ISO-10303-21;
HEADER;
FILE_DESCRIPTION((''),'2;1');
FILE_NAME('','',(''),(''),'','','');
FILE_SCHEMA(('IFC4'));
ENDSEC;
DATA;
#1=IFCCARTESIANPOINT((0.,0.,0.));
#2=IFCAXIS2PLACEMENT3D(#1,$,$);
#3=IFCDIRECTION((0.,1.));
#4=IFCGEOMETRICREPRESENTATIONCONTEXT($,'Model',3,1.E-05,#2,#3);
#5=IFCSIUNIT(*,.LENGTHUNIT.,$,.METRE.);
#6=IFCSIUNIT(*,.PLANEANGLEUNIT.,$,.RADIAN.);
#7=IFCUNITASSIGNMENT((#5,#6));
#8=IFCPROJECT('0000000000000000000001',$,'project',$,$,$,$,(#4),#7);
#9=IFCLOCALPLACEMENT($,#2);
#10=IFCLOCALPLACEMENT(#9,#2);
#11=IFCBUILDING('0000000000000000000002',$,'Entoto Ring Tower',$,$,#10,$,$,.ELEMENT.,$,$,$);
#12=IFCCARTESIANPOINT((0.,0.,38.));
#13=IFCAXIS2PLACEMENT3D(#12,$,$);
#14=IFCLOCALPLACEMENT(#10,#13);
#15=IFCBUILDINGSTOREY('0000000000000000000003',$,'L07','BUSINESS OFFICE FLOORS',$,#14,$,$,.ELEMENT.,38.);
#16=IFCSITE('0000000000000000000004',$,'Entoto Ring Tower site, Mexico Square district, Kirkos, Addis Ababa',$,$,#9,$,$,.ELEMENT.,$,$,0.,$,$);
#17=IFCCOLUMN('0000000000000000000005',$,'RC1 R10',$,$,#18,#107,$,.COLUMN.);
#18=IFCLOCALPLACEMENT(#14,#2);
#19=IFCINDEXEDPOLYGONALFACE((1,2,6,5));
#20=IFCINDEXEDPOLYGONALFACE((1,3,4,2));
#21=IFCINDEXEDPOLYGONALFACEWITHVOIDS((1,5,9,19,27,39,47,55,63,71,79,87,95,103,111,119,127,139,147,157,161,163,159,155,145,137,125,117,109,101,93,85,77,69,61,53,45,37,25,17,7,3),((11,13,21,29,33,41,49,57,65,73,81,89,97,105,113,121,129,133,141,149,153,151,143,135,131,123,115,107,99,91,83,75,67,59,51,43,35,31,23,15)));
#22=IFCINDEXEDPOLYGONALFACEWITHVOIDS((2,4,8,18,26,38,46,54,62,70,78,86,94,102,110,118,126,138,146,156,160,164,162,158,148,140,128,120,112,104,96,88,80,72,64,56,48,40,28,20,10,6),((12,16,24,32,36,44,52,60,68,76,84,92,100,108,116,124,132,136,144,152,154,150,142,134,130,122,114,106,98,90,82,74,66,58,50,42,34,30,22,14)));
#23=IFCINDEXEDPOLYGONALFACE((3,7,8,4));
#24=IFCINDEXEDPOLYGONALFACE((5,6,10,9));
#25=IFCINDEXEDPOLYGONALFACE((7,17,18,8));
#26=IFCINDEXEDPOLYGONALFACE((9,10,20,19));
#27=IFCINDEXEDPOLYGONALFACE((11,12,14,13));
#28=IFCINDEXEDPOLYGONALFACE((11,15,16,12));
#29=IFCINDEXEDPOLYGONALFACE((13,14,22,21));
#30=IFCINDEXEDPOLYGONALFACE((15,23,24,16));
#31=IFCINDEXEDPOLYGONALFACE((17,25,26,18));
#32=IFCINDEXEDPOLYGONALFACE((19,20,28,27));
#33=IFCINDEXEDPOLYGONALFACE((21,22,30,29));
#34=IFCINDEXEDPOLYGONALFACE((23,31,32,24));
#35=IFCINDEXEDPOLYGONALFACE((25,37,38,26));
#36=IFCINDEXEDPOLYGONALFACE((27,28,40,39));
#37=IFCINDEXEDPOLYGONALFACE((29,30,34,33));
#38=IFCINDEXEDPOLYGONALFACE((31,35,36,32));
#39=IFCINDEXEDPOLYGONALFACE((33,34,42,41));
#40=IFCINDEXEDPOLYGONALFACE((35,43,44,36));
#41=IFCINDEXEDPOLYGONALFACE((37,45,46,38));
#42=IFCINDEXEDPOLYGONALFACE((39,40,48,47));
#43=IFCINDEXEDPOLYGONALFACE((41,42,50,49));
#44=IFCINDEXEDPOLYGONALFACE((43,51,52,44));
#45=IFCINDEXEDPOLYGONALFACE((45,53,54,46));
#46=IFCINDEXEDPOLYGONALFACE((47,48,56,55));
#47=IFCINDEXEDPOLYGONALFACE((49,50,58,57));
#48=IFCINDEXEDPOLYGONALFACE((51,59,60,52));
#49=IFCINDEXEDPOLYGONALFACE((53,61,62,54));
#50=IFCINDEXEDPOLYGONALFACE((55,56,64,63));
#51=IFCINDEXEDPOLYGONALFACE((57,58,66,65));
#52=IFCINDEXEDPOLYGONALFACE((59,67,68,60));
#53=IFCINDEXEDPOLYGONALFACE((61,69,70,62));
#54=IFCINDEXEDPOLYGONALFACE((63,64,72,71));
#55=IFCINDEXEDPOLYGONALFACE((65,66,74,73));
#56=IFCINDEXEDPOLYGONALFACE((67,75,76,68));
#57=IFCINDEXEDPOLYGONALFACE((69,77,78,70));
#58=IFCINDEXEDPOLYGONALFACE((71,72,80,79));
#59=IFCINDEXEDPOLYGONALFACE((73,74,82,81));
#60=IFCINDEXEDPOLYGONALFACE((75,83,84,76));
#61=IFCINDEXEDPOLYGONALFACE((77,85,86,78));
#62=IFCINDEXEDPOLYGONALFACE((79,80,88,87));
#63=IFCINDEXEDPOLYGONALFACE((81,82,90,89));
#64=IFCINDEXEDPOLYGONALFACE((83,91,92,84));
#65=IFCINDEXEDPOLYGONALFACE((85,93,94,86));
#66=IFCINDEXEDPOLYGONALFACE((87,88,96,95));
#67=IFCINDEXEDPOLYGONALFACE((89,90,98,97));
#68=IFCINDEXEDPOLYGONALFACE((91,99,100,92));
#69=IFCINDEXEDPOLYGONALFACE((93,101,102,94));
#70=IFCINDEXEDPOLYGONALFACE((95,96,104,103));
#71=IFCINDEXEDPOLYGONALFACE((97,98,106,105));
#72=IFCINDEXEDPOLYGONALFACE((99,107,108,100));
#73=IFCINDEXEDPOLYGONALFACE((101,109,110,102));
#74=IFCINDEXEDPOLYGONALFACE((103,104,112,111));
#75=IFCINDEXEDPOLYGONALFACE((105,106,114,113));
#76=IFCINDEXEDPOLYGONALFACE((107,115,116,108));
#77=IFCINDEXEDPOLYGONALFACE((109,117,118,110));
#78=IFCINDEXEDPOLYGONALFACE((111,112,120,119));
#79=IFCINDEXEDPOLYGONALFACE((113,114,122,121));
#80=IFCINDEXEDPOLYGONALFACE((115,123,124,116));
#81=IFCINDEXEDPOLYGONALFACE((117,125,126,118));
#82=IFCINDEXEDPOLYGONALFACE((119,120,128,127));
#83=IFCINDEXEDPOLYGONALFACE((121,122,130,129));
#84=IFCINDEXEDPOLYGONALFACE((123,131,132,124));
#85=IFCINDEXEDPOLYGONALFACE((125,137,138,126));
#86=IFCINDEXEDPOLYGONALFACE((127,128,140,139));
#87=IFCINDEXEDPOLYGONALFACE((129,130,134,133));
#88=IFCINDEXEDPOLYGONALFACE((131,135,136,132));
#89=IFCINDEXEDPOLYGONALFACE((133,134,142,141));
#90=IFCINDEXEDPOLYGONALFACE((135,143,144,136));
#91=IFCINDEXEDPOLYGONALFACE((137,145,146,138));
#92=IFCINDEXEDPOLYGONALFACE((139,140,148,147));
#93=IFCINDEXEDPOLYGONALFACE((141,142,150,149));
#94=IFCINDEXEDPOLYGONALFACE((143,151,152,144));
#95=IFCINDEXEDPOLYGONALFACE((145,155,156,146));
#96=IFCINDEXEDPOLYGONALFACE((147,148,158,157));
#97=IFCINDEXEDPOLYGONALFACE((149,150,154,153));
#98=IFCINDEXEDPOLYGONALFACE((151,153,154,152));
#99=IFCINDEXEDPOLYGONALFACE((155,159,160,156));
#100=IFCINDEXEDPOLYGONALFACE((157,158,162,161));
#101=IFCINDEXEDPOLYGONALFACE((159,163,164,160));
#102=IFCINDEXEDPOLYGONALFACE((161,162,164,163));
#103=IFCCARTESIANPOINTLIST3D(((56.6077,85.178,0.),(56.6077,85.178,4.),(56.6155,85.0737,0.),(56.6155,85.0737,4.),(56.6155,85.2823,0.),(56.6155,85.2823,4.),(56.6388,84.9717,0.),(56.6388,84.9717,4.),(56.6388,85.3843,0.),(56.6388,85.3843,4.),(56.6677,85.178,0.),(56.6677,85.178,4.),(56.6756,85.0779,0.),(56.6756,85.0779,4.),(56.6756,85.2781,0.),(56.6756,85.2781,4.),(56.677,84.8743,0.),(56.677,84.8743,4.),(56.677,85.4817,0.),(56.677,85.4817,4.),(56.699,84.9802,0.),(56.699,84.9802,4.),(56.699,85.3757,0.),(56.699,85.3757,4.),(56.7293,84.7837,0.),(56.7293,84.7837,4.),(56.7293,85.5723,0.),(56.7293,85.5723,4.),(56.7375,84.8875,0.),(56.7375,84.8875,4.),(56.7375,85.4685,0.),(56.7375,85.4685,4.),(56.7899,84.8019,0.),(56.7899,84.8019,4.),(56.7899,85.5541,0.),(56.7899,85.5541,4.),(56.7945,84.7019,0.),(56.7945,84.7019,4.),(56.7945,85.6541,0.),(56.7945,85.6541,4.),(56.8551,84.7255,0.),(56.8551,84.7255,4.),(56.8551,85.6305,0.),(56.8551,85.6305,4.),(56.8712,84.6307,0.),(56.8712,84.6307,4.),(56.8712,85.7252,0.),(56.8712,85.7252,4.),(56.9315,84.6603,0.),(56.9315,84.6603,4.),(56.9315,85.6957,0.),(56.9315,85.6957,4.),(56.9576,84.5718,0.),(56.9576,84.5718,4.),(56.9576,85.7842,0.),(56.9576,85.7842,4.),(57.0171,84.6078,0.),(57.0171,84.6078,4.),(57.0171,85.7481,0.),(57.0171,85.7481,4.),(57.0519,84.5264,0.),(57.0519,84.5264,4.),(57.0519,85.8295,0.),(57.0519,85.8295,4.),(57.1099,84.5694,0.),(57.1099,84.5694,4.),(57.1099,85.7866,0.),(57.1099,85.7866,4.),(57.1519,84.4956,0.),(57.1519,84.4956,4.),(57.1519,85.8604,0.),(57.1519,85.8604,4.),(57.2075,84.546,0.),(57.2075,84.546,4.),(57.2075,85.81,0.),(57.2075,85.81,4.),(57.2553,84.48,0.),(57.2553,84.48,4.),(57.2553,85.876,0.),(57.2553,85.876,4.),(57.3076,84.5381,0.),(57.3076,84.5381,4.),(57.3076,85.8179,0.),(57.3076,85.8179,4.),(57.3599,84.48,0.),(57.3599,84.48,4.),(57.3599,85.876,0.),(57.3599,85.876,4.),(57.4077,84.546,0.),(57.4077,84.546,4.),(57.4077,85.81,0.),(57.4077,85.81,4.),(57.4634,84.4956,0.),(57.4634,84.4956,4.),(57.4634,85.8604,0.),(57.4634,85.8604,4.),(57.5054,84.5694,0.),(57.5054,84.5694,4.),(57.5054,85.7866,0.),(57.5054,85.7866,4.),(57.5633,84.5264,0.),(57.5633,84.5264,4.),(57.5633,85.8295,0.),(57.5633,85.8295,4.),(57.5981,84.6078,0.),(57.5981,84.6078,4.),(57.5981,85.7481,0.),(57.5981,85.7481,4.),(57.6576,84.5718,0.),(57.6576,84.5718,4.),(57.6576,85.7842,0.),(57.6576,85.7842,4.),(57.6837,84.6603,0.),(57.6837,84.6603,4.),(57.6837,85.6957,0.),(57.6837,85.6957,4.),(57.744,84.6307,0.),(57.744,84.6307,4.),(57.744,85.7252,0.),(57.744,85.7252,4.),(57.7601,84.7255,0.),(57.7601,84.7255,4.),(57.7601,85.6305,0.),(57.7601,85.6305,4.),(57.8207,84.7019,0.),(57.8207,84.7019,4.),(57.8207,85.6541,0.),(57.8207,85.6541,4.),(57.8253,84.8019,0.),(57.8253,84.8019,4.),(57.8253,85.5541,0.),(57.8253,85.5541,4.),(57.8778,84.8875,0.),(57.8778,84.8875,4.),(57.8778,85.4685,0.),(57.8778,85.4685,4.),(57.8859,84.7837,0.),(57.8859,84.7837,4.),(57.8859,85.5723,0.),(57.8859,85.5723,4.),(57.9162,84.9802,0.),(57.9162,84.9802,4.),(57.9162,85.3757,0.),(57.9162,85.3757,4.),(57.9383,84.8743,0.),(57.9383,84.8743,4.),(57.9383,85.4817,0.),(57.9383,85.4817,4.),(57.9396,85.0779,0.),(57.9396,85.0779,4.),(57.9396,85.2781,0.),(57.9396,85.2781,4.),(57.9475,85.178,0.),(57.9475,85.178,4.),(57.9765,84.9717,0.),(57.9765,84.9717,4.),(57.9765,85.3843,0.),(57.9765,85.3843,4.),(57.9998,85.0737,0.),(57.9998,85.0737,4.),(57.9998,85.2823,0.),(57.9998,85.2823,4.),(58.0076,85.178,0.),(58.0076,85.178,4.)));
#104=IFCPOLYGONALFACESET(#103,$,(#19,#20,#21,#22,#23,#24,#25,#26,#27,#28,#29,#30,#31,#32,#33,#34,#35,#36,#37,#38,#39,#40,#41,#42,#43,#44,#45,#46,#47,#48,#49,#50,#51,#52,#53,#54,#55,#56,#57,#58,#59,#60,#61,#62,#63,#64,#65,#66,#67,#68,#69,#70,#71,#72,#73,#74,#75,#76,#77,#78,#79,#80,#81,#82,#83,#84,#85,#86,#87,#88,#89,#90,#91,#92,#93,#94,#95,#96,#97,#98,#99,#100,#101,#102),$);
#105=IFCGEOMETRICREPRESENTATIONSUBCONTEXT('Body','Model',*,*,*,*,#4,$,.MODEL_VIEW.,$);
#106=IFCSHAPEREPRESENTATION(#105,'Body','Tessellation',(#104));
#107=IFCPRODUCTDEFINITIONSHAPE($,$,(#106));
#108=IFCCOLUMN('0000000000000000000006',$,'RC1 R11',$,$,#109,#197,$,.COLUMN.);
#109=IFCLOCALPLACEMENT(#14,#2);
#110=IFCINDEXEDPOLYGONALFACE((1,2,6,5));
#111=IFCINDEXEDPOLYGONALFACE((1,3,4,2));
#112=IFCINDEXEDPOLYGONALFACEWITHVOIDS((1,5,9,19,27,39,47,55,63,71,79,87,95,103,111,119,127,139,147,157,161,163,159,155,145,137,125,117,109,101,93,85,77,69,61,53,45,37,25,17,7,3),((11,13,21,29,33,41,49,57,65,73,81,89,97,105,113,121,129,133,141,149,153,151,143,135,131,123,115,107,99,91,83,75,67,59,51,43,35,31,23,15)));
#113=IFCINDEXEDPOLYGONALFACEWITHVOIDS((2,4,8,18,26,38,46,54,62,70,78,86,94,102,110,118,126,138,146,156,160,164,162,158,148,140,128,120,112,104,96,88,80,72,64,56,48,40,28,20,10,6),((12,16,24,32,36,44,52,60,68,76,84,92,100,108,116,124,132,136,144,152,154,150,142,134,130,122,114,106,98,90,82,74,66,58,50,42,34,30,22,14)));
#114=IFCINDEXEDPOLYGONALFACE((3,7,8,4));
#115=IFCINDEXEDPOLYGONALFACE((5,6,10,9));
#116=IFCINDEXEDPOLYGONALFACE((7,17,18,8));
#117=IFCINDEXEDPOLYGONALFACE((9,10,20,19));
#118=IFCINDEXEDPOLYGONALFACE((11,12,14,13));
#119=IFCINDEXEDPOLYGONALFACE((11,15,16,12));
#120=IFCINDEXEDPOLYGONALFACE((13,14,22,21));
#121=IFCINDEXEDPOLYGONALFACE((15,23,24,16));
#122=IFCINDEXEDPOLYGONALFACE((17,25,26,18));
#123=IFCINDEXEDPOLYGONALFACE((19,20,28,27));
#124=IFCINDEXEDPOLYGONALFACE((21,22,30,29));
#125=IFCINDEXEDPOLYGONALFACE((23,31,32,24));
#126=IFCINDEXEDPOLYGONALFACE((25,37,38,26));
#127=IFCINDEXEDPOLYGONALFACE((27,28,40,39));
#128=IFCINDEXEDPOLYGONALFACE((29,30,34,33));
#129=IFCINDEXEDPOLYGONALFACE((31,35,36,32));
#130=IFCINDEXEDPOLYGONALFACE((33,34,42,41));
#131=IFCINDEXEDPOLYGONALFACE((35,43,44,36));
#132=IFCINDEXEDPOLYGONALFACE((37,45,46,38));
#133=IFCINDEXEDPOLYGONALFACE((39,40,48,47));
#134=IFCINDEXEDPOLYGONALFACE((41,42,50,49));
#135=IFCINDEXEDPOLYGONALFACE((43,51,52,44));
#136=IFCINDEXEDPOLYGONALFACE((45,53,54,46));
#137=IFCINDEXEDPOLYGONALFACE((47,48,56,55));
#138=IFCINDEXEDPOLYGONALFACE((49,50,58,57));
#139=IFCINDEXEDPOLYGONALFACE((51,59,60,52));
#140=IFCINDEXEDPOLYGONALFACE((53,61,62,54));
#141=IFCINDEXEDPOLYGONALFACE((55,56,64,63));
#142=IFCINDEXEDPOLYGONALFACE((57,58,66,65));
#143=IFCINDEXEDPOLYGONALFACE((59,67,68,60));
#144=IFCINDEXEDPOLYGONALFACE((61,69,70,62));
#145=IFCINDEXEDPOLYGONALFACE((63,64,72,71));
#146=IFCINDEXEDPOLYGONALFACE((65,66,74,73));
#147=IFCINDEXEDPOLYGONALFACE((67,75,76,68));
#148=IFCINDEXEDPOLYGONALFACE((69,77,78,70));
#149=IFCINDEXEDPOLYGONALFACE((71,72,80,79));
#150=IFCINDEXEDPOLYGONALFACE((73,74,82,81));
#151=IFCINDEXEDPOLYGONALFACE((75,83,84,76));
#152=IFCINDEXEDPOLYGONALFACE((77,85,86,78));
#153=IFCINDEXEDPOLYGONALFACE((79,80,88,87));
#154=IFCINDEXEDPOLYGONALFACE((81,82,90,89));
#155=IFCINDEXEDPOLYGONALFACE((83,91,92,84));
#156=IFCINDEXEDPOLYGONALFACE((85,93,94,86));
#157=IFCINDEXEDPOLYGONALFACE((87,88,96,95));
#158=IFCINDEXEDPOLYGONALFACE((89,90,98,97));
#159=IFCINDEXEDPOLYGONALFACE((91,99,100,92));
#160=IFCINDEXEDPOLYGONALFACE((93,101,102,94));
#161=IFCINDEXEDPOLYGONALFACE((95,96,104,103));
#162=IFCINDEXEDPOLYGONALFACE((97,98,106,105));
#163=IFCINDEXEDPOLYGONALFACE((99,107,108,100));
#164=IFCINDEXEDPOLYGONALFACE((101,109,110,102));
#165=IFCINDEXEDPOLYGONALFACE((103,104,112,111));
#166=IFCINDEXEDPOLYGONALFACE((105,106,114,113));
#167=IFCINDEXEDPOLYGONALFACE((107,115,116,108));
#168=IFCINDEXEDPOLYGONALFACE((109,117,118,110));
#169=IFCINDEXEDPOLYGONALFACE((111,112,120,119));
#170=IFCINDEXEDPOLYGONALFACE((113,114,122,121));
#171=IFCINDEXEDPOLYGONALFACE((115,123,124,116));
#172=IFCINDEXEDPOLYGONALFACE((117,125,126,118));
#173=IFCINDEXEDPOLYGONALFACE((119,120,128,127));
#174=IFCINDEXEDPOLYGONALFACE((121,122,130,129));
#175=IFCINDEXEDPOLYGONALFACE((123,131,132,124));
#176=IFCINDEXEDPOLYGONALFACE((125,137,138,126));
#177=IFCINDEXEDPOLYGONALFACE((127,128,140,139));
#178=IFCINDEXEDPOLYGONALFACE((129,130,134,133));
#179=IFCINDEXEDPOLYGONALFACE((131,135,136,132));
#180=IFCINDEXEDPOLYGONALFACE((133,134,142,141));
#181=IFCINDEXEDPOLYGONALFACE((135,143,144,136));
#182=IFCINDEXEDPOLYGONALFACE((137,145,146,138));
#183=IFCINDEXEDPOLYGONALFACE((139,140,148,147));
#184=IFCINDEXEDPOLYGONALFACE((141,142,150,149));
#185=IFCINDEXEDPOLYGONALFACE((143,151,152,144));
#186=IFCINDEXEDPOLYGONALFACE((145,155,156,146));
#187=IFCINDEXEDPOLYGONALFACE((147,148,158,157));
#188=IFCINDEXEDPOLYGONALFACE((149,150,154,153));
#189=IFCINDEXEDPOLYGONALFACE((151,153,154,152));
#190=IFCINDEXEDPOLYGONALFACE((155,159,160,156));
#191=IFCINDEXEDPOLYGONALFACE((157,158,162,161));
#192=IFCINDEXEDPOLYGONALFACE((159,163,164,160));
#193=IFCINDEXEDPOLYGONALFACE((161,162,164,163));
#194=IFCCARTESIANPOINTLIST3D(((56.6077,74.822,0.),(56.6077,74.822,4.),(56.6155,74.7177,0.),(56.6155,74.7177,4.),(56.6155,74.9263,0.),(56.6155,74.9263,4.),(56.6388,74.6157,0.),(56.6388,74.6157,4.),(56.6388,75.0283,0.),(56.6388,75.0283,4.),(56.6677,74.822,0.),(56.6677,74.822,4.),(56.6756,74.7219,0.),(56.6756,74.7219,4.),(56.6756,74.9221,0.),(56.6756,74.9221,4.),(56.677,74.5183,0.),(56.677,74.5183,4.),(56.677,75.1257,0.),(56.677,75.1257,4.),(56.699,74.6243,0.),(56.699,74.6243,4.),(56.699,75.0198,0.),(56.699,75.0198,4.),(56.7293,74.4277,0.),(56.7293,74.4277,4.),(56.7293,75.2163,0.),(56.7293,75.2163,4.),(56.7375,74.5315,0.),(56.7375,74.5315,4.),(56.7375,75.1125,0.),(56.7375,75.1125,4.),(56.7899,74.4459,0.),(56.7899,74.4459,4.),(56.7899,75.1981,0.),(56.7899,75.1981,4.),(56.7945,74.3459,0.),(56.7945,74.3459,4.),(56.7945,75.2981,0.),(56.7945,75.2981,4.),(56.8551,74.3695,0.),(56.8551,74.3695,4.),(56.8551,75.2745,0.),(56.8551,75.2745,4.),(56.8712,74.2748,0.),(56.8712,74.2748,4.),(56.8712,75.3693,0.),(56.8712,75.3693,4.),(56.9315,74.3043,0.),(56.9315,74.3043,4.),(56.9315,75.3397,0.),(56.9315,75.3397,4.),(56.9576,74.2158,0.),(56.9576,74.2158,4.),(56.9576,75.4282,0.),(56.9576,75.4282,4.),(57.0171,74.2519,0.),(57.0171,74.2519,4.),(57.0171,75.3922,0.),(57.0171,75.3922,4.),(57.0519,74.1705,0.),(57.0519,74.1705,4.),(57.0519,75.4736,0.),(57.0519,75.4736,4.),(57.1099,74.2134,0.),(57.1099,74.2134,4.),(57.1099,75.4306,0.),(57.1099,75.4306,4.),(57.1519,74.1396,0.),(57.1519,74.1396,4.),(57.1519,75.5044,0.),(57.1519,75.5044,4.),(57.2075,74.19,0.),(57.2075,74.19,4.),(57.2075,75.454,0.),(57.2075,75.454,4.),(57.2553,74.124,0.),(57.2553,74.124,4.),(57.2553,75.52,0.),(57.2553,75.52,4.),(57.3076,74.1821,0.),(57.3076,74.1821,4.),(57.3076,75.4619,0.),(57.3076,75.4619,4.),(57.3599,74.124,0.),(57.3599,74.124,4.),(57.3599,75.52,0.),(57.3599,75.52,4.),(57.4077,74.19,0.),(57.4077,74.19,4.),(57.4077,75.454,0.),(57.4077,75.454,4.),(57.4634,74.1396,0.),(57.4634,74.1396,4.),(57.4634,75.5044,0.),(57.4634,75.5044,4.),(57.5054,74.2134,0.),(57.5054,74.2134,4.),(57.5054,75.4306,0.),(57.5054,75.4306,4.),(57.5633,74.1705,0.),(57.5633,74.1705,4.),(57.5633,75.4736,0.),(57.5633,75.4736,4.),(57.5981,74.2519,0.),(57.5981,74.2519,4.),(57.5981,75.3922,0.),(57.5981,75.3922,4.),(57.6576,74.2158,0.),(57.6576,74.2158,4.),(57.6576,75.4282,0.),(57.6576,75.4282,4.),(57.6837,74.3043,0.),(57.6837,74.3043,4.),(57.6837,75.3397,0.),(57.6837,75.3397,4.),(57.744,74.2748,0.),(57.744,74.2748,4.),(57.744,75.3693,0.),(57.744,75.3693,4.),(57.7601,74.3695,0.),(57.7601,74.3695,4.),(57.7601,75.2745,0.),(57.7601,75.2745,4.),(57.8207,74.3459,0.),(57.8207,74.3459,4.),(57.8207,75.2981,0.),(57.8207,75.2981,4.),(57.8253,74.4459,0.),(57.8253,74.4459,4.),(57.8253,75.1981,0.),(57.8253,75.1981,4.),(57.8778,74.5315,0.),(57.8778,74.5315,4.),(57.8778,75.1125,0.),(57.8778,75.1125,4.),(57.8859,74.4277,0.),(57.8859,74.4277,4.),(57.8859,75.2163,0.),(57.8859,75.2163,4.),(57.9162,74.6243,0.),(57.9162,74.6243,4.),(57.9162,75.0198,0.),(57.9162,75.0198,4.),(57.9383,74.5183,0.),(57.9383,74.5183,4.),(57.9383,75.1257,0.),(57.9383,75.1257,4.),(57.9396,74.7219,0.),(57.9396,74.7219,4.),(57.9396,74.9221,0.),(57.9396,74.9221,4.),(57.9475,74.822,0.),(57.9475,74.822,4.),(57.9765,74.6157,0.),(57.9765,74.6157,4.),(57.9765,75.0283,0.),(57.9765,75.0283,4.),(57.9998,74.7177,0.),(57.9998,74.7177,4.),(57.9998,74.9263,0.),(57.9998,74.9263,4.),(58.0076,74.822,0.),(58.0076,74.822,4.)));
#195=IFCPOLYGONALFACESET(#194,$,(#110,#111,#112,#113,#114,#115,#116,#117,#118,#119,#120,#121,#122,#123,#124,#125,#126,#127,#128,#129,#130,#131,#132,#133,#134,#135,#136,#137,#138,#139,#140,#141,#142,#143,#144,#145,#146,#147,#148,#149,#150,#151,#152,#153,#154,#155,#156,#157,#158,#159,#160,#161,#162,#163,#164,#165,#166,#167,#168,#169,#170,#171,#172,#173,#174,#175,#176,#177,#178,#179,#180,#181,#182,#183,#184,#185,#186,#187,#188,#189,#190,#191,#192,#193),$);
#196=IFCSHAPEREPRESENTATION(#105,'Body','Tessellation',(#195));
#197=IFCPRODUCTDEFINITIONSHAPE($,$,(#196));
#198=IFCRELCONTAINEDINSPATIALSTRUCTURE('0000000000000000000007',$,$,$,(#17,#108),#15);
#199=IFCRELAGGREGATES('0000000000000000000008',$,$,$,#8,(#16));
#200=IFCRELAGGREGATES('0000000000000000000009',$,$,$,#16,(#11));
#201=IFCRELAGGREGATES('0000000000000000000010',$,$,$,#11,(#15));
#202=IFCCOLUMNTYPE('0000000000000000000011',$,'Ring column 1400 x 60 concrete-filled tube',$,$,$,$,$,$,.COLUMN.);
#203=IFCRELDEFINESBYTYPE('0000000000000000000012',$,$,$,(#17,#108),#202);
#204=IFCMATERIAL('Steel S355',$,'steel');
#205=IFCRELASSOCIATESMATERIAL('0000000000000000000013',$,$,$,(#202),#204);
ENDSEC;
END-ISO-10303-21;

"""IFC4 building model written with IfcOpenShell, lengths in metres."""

from ifc_helpers import new_model, si_unit, direction, frame, origin, origin_2d, place, context, subcontext, project, spatial, circle, hollow_circle, extrude, material, material_profile, profile_set, type_object, element, save


model = new_model("IFC4")

# Units and contexts
model_context = context("Model", 3, precision=1e-05, world=origin(), true_north=direction((0.0, 1.0)))
body_context = subcontext(model_context, "Body", "Model", "MODEL_VIEW")
ifc_project = project(units=[si_unit("LENGTHUNIT", "METRE"), si_unit("PLANEANGLEUNIT", "RADIAN")], contexts=[model_context])

# Site, building, storey
site_placement = place(None, origin())
site = spatial("IfcSite", under=ifc_project, at=site_placement, Name="Entoto Ring Tower site, Mexico Square district, Kirkos, Addis Ababa", CompositionType="ELEMENT", RefElevation=0.0)
building_placement = place(site_placement, origin())
building = spatial("IfcBuilding", under=site, at=building_placement, Name="Entoto Ring Tower", CompositionType="ELEMENT")
storey_placement = place(building_placement, frame((0.0, 0.0, 38.0)))
storey = spatial("IfcBuildingStorey", under=building, at=storey_placement, Name="L07", Description="BUSINESS OFFICE FLOORS", CompositionType="ELEMENT", Elevation=38.0)

# Columns
ifc_material_1 = material(Name="Steel S355", Category="steel")
ifc_material_profile_1 = material_profile(ifc_material_1, hollow_circle(Radius=0.7, WallThickness=0.0601, at=origin_2d()), Name="CHS 1400 x 60")
ifc_material_2 = material(Name="Concrete C60/75", Category="concrete")
ifc_material_profile_2 = material_profile(ifc_material_2, circle(Radius=0.6399, at=origin_2d()), Name="Concrete C60/75 infill")
ifc_profile_set_1 = profile_set([ifc_material_profile_1, ifc_material_profile_2], Name="Steel S355")
column_type = type_object("IfcColumnType", Name="Ring column 1400 x 60 concrete-filled tube", PredefinedType="COLUMN", material=ifc_profile_set_1)
for number, where, z_axis, x_axis, name in (
    (1, (57.3076, 85.178, 0.0), (0.0, 0.0, 1.0), (1.0, 0.0, 0.0), "RC1 R10"),
    (2, (57.3076, 74.822, 0.0), (0.0, 0.0, 1.0), (1.0, 0.0, 0.0), "RC1 R11"),
):
    element("IfcColumn", number, at=place(storey_placement, frame(where, z_axis=z_axis, x_axis=x_axis)), inside=storey, type_object=column_type, Name=name, PredefinedType="COLUMN", context=body_context, shape_type="SweptSolid", body=[
        extrude(hollow_circle(Radius=0.7, WallThickness=0.0601, at=origin_2d()), origin(), (0.0, 0.0, 1.0), 4.0),
    ])

save(model, "model.ifc")
